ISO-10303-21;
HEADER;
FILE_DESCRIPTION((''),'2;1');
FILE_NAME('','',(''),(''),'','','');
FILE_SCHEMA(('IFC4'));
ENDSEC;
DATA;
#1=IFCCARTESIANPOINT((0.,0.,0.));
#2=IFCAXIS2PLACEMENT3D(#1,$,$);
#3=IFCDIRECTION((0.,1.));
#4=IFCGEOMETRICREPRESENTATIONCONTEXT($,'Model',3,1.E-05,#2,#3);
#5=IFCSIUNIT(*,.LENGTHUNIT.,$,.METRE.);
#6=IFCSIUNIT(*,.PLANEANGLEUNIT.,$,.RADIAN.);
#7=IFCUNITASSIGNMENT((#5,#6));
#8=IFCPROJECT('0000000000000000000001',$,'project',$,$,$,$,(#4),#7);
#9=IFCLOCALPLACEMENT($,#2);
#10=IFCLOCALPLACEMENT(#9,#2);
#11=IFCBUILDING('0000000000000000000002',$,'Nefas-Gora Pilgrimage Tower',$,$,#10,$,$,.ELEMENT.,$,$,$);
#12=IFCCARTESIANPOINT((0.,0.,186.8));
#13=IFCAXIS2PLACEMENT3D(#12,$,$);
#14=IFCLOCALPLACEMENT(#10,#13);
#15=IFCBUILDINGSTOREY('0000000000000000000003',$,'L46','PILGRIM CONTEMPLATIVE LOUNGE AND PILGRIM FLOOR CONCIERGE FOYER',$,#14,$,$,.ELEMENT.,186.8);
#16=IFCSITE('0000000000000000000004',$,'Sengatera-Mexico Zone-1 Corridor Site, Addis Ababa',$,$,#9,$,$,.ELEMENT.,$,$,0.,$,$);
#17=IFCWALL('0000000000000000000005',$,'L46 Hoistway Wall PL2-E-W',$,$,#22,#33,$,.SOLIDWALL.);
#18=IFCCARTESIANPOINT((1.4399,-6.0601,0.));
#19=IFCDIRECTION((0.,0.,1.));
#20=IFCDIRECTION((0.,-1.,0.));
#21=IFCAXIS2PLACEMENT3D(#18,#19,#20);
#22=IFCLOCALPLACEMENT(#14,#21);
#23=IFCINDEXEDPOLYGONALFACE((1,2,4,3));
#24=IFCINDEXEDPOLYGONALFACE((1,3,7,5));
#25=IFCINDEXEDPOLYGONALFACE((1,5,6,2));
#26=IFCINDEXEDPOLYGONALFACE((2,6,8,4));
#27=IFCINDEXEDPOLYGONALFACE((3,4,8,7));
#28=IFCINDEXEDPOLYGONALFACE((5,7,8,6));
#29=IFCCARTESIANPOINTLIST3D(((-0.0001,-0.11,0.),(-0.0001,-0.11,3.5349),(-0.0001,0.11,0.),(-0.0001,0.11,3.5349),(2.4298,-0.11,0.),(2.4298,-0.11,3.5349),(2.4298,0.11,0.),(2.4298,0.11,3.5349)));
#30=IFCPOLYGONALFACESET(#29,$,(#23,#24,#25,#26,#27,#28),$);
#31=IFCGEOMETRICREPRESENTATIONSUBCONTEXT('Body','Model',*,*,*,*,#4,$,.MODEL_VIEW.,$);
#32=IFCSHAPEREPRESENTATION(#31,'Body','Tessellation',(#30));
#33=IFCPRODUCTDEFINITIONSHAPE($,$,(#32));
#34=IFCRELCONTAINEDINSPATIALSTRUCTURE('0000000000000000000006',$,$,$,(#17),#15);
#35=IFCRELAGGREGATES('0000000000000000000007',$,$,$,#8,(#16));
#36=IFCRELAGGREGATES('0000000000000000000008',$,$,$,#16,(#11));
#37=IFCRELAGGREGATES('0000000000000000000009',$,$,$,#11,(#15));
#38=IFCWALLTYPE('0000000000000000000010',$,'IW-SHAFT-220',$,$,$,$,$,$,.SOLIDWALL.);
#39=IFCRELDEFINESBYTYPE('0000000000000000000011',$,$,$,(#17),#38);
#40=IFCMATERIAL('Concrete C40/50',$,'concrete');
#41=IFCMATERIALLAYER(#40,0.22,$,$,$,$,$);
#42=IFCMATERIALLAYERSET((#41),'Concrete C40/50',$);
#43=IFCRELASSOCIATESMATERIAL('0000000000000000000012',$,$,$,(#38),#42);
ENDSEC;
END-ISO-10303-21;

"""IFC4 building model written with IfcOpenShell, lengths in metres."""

from ifc_helpers import new_model, si_unit, direction, frame, frame_2d, origin, place, context, subcontext, project, spatial, rectangle, extrude, source, transform, mapped, material, layer, layer_set, type_object, element, save


model = new_model("IFC4")

# Units and contexts
model_context = context("Model", 3, precision=1e-05, world=origin(), true_north=direction((0.0, 1.0)))
body_context = subcontext(model_context, "Body", "Model", "MODEL_VIEW")
ifc_project = project(units=[si_unit("LENGTHUNIT", "METRE"), si_unit("PLANEANGLEUNIT", "RADIAN")], contexts=[model_context])

# Site, building, storey
site_placement = place(None, origin())
site = spatial("IfcSite", under=ifc_project, at=site_placement, Name="Sengatera-Mexico Zone-1 Corridor Site, Addis Ababa", CompositionType="ELEMENT", RefElevation=0.0)
building_placement = place(site_placement, origin())
building = spatial("IfcBuilding", under=site, at=building_placement, Name="Nefas-Gora Pilgrimage Tower", CompositionType="ELEMENT")
storey_placement = place(building_placement, frame((0.0, 0.0, 186.8)))
storey = spatial("IfcBuildingStorey", under=building, at=storey_placement, Name="L46", Description="PILGRIM CONTEMPLATIVE LOUNGE AND PILGRIM FLOOR CONCIERGE FOYER", CompositionType="ELEMENT", Elevation=186.8)

# Shared definitions
ifc_material_1 = material(Name="Concrete C40/50", Category="concrete")

# Shared definitions
ifc_layer_1 = layer(ifc_material_1, 0.22)
ifc_layer_set_1 = layer_set([ifc_layer_1], Name="Concrete C40/50")
wall_type_1 = type_object("IfcWallType", Name="IW-SHAFT-220", PredefinedType="SOLIDWALL", material=ifc_layer_set_1)

# Wall
shared_shape_1 = source(origin(), body_context, "Body", "SweptSolid", [
    extrude(rectangle(XDim=2.4299, YDim=0.22, at=frame_2d((1.2148, 0.0))), origin(), (0.0, 0.0, 1.0), 3.5349),
])
wall_1_placement = place(storey_placement, frame((1.4399, -6.0601, 0.0), z_axis=(0.0, 0.0, 1.0), x_axis=(0.0, -1.0, 0.0)))
element("IfcWall", 1, at=wall_1_placement, inside=storey, type_object=wall_type_1, Name="L46 Hoistway Wall PL2-E-W", PredefinedType="SOLIDWALL", context=body_context, shape_type="MappedRepresentation", body=[
    mapped(shared_shape_1, transform((0.0, 0.0, 0.0), x_axis=(1.0, 0.0, 0.0), y_axis=(0.0, 1.0, 0.0), z_axis=(0.0, 0.0, 1.0), scale=1.0)),
])

save(model, "model.ifc")
